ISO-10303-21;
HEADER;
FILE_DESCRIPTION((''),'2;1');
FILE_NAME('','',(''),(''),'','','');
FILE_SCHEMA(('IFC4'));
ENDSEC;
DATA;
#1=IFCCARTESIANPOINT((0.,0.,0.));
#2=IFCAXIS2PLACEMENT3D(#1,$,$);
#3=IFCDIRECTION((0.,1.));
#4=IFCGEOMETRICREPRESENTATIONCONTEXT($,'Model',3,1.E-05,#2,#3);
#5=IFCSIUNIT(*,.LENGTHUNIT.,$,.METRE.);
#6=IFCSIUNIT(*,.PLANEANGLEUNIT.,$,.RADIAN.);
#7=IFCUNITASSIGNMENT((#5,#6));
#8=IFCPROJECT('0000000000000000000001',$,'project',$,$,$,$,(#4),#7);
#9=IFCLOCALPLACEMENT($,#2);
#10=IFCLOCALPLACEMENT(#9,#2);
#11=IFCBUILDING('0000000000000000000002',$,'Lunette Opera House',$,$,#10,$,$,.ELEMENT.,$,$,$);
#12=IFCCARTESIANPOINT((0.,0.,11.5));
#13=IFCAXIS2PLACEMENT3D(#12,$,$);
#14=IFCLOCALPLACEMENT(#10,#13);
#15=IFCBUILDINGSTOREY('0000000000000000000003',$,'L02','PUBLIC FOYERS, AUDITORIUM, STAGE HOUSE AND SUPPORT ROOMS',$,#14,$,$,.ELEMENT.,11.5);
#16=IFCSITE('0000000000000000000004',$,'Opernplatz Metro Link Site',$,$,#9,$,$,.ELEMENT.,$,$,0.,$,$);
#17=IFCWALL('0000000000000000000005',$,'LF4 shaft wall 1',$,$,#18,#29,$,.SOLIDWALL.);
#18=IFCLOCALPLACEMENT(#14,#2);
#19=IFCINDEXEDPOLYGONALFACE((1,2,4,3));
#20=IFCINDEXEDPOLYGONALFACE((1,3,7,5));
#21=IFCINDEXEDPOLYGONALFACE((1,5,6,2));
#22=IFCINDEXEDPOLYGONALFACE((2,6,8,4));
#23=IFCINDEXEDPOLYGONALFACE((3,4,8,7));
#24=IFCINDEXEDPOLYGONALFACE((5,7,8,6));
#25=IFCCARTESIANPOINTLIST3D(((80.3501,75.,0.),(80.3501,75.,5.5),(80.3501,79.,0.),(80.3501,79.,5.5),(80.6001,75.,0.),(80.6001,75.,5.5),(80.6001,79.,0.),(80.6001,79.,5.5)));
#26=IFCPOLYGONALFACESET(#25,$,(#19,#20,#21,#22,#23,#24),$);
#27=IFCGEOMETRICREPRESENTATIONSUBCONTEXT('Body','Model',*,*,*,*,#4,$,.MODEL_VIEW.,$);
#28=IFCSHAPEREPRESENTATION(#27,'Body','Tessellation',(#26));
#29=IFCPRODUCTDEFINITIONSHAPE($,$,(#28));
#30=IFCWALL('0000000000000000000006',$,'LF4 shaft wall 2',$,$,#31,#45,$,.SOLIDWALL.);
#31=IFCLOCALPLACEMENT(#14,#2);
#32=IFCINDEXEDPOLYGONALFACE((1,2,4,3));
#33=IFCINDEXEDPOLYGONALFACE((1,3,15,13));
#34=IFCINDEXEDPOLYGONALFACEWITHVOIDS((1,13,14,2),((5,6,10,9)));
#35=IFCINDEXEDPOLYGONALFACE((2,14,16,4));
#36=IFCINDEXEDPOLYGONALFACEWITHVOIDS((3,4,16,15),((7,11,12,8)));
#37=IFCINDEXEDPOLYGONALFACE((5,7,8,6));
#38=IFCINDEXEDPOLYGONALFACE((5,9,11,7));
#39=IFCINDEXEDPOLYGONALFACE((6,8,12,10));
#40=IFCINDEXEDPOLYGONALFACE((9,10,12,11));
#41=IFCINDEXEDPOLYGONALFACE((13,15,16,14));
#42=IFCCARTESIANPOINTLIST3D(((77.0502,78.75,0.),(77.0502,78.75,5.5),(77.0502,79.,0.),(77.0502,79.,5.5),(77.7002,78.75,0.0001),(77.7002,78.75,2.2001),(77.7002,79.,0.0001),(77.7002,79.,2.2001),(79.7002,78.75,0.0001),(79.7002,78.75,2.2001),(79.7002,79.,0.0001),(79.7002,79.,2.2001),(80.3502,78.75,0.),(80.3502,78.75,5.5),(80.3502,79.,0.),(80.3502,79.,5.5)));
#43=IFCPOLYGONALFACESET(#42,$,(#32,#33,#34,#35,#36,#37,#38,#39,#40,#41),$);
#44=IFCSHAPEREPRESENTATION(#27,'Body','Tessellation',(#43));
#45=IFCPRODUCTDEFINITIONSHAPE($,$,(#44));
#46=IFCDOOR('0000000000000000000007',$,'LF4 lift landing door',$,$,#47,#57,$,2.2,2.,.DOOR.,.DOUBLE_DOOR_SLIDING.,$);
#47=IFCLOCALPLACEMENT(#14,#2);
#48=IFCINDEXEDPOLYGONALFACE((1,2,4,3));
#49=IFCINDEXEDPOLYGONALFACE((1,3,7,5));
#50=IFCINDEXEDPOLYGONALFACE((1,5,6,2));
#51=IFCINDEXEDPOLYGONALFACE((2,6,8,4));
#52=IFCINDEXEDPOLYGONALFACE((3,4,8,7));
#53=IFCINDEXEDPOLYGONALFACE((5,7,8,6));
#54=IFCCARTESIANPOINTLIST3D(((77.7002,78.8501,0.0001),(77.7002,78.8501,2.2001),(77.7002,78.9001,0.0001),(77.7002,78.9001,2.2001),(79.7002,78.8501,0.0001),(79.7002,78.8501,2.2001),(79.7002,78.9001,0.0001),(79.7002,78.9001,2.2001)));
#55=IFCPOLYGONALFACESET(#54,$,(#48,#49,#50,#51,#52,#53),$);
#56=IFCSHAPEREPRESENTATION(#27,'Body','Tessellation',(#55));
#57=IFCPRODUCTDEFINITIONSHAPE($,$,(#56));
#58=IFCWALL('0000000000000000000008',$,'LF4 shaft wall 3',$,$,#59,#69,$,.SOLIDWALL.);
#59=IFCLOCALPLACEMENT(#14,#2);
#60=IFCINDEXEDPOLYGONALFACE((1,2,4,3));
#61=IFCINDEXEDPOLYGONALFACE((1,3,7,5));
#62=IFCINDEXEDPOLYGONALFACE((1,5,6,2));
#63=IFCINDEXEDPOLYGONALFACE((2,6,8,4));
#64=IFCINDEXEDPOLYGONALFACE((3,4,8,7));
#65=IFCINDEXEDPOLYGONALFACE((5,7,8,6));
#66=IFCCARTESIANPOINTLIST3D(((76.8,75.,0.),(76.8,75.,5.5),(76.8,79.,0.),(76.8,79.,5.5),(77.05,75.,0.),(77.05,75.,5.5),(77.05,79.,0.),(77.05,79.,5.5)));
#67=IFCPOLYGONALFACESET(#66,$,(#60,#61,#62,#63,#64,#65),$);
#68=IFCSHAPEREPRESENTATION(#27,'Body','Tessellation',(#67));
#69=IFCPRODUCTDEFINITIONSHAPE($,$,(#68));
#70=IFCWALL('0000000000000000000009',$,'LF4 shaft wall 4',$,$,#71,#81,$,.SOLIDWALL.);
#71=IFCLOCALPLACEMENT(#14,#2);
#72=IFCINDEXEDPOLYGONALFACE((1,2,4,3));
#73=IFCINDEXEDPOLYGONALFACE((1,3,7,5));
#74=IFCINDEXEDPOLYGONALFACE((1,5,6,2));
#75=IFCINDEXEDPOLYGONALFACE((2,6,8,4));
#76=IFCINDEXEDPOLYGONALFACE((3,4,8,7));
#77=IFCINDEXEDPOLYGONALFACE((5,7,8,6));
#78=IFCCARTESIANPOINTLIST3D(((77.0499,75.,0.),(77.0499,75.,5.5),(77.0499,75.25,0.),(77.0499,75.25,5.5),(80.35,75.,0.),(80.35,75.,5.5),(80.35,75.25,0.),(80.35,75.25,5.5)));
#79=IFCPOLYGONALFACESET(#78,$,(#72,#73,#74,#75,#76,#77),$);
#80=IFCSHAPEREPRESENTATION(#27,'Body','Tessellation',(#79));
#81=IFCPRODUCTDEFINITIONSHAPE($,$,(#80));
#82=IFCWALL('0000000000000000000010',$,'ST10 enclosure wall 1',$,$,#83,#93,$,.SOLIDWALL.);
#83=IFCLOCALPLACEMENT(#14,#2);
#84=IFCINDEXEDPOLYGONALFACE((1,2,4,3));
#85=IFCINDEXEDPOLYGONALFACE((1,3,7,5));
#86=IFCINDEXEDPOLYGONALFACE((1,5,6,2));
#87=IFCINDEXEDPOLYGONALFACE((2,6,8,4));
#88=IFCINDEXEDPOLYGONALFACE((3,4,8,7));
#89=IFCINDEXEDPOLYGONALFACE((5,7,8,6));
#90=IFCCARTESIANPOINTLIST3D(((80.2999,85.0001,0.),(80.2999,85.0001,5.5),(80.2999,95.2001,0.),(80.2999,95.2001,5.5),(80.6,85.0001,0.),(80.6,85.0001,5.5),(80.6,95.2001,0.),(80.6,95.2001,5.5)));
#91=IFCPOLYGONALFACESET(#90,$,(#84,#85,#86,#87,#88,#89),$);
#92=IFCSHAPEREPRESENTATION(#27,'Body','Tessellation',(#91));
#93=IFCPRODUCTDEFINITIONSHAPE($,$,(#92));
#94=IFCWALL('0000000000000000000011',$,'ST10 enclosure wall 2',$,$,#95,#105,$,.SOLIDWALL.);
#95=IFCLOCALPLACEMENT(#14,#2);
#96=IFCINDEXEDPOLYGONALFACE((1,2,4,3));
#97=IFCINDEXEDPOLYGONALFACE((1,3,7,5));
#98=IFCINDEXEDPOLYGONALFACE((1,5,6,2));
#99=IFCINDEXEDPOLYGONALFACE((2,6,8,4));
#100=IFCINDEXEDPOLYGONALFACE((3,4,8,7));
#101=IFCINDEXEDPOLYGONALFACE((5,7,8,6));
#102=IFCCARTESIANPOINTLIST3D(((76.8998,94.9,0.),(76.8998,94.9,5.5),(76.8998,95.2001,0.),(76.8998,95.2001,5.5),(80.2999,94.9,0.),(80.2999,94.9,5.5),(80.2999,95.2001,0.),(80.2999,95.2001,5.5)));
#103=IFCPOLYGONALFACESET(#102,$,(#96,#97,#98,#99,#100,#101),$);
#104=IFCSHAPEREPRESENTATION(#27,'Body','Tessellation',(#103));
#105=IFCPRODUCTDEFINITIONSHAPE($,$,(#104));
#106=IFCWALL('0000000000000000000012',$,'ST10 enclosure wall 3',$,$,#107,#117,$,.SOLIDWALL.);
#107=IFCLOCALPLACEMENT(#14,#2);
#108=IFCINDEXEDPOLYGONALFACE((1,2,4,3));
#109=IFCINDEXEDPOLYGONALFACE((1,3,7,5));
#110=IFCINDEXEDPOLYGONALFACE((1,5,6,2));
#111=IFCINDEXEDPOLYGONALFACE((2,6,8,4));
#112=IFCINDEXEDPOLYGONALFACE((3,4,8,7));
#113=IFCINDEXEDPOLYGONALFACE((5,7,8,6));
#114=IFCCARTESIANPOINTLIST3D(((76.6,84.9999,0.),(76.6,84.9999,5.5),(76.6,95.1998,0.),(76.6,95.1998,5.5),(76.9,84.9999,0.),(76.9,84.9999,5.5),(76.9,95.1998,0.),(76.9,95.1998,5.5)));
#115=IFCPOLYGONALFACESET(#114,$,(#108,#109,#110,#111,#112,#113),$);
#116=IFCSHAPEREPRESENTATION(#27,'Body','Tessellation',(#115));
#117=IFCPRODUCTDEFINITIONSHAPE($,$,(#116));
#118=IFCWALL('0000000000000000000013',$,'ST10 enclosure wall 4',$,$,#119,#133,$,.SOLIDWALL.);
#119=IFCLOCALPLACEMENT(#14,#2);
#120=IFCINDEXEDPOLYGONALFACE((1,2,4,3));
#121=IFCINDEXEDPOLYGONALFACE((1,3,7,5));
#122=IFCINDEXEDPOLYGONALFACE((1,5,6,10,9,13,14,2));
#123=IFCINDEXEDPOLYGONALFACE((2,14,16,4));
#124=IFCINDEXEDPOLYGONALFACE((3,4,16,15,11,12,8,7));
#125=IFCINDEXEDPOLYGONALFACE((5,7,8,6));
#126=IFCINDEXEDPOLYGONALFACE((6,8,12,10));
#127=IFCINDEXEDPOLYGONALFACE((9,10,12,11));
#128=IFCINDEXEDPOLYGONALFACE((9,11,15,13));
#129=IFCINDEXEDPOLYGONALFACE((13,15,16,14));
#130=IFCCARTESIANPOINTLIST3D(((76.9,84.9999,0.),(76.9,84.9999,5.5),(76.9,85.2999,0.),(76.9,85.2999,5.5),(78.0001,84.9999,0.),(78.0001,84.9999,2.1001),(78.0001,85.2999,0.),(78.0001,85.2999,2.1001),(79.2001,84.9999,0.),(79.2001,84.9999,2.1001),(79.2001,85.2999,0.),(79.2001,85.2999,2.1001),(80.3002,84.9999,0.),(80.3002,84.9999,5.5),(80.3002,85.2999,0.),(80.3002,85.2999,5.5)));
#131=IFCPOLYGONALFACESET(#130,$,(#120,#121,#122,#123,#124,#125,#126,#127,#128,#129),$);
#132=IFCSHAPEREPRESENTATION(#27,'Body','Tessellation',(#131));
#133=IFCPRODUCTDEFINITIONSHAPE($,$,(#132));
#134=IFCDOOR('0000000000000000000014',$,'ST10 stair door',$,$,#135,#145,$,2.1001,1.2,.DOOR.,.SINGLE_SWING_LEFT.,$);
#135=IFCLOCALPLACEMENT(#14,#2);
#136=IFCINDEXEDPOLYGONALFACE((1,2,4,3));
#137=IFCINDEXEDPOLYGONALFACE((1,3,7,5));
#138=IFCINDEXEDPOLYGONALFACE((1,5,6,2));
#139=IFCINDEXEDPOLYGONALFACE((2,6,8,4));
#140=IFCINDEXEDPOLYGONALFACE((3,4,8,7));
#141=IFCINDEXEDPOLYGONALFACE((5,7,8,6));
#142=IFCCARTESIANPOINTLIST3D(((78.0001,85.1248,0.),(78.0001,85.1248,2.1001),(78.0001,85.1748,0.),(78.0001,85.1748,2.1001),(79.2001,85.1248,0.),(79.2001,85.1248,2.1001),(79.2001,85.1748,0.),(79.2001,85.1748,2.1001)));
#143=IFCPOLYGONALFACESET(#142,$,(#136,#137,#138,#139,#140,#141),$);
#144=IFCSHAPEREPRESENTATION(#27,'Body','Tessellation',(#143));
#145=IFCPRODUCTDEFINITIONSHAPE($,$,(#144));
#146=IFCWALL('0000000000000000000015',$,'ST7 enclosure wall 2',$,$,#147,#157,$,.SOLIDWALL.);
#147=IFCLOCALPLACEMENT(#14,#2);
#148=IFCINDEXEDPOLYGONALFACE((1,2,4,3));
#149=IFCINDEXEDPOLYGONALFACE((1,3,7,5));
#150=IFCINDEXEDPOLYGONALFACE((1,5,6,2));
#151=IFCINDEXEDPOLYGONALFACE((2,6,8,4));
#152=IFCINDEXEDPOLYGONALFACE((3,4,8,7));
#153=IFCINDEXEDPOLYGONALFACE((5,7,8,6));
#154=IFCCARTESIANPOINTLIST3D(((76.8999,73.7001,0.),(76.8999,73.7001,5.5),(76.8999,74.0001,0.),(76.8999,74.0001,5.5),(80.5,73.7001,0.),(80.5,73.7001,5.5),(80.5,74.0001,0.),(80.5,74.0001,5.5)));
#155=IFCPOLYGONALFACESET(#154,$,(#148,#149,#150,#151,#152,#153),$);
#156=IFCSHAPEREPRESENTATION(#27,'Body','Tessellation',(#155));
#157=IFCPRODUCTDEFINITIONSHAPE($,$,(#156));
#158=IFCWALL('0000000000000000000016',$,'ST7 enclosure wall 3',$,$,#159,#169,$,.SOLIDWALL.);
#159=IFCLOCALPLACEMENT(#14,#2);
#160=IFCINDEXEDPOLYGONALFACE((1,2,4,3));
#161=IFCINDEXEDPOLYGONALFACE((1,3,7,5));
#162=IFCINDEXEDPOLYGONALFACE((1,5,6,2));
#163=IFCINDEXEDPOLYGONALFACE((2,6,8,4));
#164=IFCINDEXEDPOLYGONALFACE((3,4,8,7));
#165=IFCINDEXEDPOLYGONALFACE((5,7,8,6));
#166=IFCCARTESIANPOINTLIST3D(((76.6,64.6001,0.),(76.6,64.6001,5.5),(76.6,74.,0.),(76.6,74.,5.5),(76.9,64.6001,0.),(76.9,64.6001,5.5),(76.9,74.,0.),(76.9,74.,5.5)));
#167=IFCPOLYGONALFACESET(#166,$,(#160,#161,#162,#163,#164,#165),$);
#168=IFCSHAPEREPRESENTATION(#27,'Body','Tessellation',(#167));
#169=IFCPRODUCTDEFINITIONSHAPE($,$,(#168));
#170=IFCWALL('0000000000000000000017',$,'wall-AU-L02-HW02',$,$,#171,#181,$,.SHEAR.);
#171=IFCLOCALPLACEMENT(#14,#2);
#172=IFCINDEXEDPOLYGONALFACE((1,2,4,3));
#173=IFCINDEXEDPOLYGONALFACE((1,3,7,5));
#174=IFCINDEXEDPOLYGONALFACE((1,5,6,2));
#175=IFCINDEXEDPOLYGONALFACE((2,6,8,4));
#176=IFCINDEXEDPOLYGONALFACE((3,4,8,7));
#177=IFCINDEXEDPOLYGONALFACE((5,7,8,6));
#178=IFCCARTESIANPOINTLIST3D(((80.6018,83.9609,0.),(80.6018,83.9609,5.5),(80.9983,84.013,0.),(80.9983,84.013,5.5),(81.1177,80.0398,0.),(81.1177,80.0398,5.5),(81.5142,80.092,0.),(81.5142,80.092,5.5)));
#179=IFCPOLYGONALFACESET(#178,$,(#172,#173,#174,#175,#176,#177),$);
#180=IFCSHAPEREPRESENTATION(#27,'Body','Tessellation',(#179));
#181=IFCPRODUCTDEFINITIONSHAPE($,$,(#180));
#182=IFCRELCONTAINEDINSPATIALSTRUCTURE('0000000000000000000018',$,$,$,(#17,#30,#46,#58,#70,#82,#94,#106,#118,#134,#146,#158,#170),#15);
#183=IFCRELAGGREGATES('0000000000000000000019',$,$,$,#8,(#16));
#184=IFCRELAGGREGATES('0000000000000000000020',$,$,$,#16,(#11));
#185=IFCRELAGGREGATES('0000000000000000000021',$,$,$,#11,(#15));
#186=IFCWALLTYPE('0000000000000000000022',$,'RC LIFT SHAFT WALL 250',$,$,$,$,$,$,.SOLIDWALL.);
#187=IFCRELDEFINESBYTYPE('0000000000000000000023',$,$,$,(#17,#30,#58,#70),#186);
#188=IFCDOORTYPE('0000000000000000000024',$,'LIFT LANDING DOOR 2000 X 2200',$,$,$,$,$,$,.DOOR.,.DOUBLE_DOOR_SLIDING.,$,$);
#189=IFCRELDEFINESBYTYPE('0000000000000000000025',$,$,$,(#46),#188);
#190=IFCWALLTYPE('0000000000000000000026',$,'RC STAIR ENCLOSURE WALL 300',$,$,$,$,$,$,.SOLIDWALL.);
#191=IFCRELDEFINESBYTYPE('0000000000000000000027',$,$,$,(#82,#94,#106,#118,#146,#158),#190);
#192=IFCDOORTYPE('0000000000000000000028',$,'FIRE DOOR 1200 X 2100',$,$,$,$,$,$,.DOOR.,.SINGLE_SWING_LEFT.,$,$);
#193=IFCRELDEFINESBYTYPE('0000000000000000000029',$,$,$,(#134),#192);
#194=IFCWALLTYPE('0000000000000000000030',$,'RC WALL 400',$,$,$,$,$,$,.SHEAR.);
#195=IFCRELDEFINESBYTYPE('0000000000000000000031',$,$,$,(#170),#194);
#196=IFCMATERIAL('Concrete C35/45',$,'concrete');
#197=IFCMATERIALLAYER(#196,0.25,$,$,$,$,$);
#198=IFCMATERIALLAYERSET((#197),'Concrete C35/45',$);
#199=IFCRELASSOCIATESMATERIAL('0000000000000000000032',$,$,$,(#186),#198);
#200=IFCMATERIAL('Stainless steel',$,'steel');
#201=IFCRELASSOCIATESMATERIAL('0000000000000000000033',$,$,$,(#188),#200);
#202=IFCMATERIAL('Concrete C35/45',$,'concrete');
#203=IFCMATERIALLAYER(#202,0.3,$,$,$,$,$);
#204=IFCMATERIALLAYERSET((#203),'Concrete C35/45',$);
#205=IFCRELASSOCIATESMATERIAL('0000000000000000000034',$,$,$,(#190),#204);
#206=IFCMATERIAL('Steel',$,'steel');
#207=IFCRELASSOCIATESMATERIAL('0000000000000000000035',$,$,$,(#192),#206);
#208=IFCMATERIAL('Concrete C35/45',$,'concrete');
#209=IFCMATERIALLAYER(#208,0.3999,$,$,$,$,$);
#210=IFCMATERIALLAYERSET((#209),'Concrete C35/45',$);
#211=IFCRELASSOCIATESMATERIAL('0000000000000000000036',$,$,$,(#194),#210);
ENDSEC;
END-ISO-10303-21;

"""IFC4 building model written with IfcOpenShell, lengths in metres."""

from ifc_helpers import new_model, si_unit, direction, frame, frame_2d, origin, place, context, subcontext, project, spatial, rectangle, extrude, material, layer, layer_set, type_object, element, fill, save


model = new_model("IFC4")

# Units and contexts
model_context = context("Model", 3, precision=1e-05, world=origin(), true_north=direction((0.0, 1.0)))
body_context = subcontext(model_context, "Body", "Model", "MODEL_VIEW")
ifc_project = project(units=[si_unit("LENGTHUNIT", "METRE"), si_unit("PLANEANGLEUNIT", "RADIAN")], contexts=[model_context])

# Site, building, storey
site_placement = place(None, origin())
site = spatial("IfcSite", under=ifc_project, at=site_placement, Name="Opernplatz Metro Link Site", CompositionType="ELEMENT", RefElevation=0.0)
building_placement = place(site_placement, origin())
building = spatial("IfcBuilding", under=site, at=building_placement, Name="Lunette Opera House", CompositionType="ELEMENT")
storey_placement = place(building_placement, frame((0.0, 0.0, 11.5)))
storey = spatial("IfcBuildingStorey", under=building, at=storey_placement, Name="L02", Description="PUBLIC FOYERS, AUDITORIUM, STAGE HOUSE AND SUPPORT ROOMS", CompositionType="ELEMENT", Elevation=11.5)

# Wall
ifc_material_1 = material(Name="Concrete C35/45", Category="concrete")
ifc_layer_1 = layer(ifc_material_1, 0.25)
ifc_layer_set_1 = layer_set([ifc_layer_1], Name="Concrete C35/45")
wall_type_1 = type_object("IfcWallType", Name="RC LIFT SHAFT WALL 250", PredefinedType="SOLIDWALL", material=ifc_layer_set_1)
wall_1_placement = place(storey_placement, frame((80.4751, 75.0, 0.0), z_axis=(0.0, 0.0, 1.0), x_axis=(0.0, 1.0, 0.0)))
element("IfcWall", 1, at=wall_1_placement, inside=storey, type_object=wall_type_1, Name="LF4 shaft wall 1", PredefinedType="SOLIDWALL", context=body_context, shape_type="SweptSolid", body=[
    extrude(rectangle(XDim=4.0, YDim=0.25, at=frame_2d((2.0, 0.0))), origin(), (0.0, 0.0, 1.0), 5.5),
])

# Wall, opening, door
wall_2_placement = place(storey_placement, frame((80.3501, 78.875, 0.0), z_axis=(0.0, 0.0, 1.0), x_axis=(-1.0, 0.0, 0.0)))
wall_2 = element("IfcWall", 2, at=wall_2_placement, inside=storey, type_object=wall_type_1, Name="LF4 shaft wall 2", PredefinedType="SOLIDWALL", context=body_context, shape_type="SweptSolid", body=[
    extrude(rectangle(XDim=3.3, YDim=0.25, at=frame_2d((1.6499, 0.0))), origin(), (0.0, 0.0, 1.0), 5.5),
])
opening_1_placement = place(wall_2_placement, frame((0.6499, 0.0, 0.0)))
opening_1 = element("IfcOpeningElement", 3, at=opening_1_placement, cuts=wall_2, PredefinedType="OPENING", context=body_context, shape_type="SweptSolid", body=[
    extrude(rectangle(XDim=2.0, YDim=2.2, at=frame_2d((1.0, 1.1001))), frame((0.0, 0.137, 0.0), z_axis=(0.0, -1.0, 0.0), x_axis=(1.0, 0.0, 0.0)), (0.0, 0.0, 1.0), 0.2739),
])
ifc_material_2 = material(Name="Stainless steel", Category="steel")
door_type_1 = type_object("IfcDoorType", Name="LIFT LANDING DOOR 2000 X 2200", OperationType="DOUBLE_DOOR_SLIDING", PredefinedType="DOOR", material=ifc_material_2)
door_1_placement = place(opening_1_placement, origin())
door_1 = element("IfcDoor", 4, at=door_1_placement, inside=storey, type_object=door_type_1, Name="LF4 lift landing door", OperationType="DOUBLE_DOOR_SLIDING", OverallHeight=2.2, OverallWidth=2.0, PredefinedType="DOOR", context=body_context, shape_type="SweptSolid", body=[
    extrude(rectangle(XDim=2.0, YDim=2.2, at=frame_2d((1.0, 1.1001))), frame((0.0, 0.0249, 0.0), z_axis=(0.0, -1.0, 0.0), x_axis=(1.0, 0.0, 0.0)), (0.0, 0.0, 1.0), 0.05),
])
fill(opening_1, door_1)

# Walls
wall_3_placement = place(storey_placement, frame((76.925, 79.0, 0.0), z_axis=(0.0, 0.0, 1.0), x_axis=(0.0, -1.0, 0.0)))
element("IfcWall", 5, at=wall_3_placement, inside=storey, type_object=wall_type_1, Name="LF4 shaft wall 3", PredefinedType="SOLIDWALL", context=body_context, shape_type="SweptSolid", body=[
    extrude(rectangle(XDim=4.0, YDim=0.25, at=frame_2d((2.0, 0.0))), origin(), (0.0, 0.0, 1.0), 5.5),
])
wall_4_placement = place(storey_placement, frame((77.05, 75.125, 0.0), z_axis=(0.0, 0.0, 1.0), x_axis=(1.0, 0.0, 0.0)))
element("IfcWall", 6, at=wall_4_placement, inside=storey, type_object=wall_type_1, Name="LF4 shaft wall 4", PredefinedType="SOLIDWALL", context=body_context, shape_type="SweptSolid", body=[
    extrude(rectangle(XDim=3.3, YDim=0.25, at=frame_2d((1.6499, 0.0))), origin(), (0.0, 0.0, 1.0), 5.5),
])
ifc_material_3 = material(Name="Concrete C35/45", Category="concrete")
ifc_layer_2 = layer(ifc_material_3, 0.3)
ifc_layer_set_2 = layer_set([ifc_layer_2], Name="Concrete C35/45")
wall_type_2 = type_object("IfcWallType", Name="RC STAIR ENCLOSURE WALL 300", PredefinedType="SOLIDWALL", material=ifc_layer_set_2)
wall_5_placement = place(storey_placement, frame((80.45, 85.0, 0.0), z_axis=(0.0, 0.0, 1.0), x_axis=(0.0, 1.0, 0.0)))
element("IfcWall", 7, at=wall_5_placement, inside=storey, type_object=wall_type_2, Name="ST10 enclosure wall 1", PredefinedType="SOLIDWALL", context=body_context, shape_type="SweptSolid", body=[
    extrude(rectangle(XDim=10.2, YDim=0.3, at=frame_2d((5.1001, 0.0))), origin(), (0.0, 0.0, 1.0), 5.5),
])
wall_6_placement = place(storey_placement, frame((80.3, 95.05, 0.0), z_axis=(0.0, 0.0, 1.0), x_axis=(-1.0, 0.0, 0.0)))
element("IfcWall", 8, at=wall_6_placement, inside=storey, type_object=wall_type_2, Name="ST10 enclosure wall 2", PredefinedType="SOLIDWALL", context=body_context, shape_type="SweptSolid", body=[
    extrude(rectangle(XDim=3.4001, YDim=0.3, at=frame_2d((1.7002, 0.0))), origin(), (0.0, 0.0, 1.0), 5.5),
])
wall_7_placement = place(storey_placement, frame((76.75, 95.2, 0.0), z_axis=(0.0, 0.0, 1.0), x_axis=(0.0, -1.0, 0.0)))
element("IfcWall", 9, at=wall_7_placement, inside=storey, type_object=wall_type_2, Name="ST10 enclosure wall 3", PredefinedType="SOLIDWALL", context=body_context, shape_type="SweptSolid", body=[
    extrude(rectangle(XDim=10.2, YDim=0.3, at=frame_2d((5.1001, 0.0))), origin(), (0.0, 0.0, 1.0), 5.5),
])

# Wall, opening, door
wall_8_placement = place(storey_placement, frame((76.8999, 85.1499, 0.0), z_axis=(0.0, 0.0, 1.0), x_axis=(1.0, 0.0, 0.0)))
wall_8 = element("IfcWall", 10, at=wall_8_placement, inside=storey, type_object=wall_type_2, Name="ST10 enclosure wall 4", PredefinedType="SOLIDWALL", context=body_context, shape_type="SweptSolid", body=[
    extrude(rectangle(XDim=3.4001, YDim=0.3, at=frame_2d((1.7002, 0.0))), origin(), (0.0, 0.0, 1.0), 5.5),
])
opening_2_placement = place(wall_8_placement, frame((1.1001, 0.0, 0.0)))
opening_2 = element("IfcOpeningElement", 11, at=opening_2_placement, cuts=wall_8, PredefinedType="OPENING", context=body_context, shape_type="SweptSolid", body=[
    extrude(rectangle(XDim=1.2, YDim=2.1001, at=frame_2d((0.6001, 1.05))), frame((0.0, 0.1621, 0.0), z_axis=(0.0, -1.0, 0.0), x_axis=(1.0, 0.0, 0.0)), (0.0, 0.0, 1.0), 0.324),
])
ifc_material_4 = material(Name="Steel", Category="steel")
door_type_2 = type_object("IfcDoorType", Name="FIRE DOOR 1200 X 2100", OperationType="SINGLE_SWING_LEFT", PredefinedType="DOOR", material=ifc_material_4)
door_2_placement = place(opening_2_placement, origin())
door_2 = element("IfcDoor", 12, at=door_2_placement, inside=storey, type_object=door_type_2, Name="ST10 stair door", OperationType="SINGLE_SWING_LEFT", OverallHeight=2.1001, OverallWidth=1.2, PredefinedType="DOOR", context=body_context, shape_type="SweptSolid", body=[
    extrude(rectangle(XDim=1.2, YDim=2.1001, at=frame_2d((0.6001, 1.05))), frame((0.0, 0.0249, 0.0), z_axis=(0.0, -1.0, 0.0), x_axis=(1.0, 0.0, 0.0)), (0.0, 0.0, 1.0), 0.05),
])
fill(opening_2, door_2)

# Walls
wall_9_placement = place(storey_placement, frame((80.5, 73.8501, 0.0), z_axis=(0.0, 0.0, 1.0), x_axis=(-1.0, 0.0, 0.0)))
element("IfcWall", 13, at=wall_9_placement, inside=storey, type_object=wall_type_2, Name="ST7 enclosure wall 2", PredefinedType="SOLIDWALL", context=body_context, shape_type="SweptSolid", body=[
    extrude(rectangle(XDim=3.6001, YDim=0.3, at=frame_2d((1.8, 0.0))), origin(), (0.0, 0.0, 1.0), 5.5),
])
wall_10_placement = place(storey_placement, frame((76.75, 74.0, 0.0), z_axis=(0.0, 0.0, 1.0), x_axis=(0.0, -1.0, 0.0)))
element("IfcWall", 14, at=wall_10_placement, inside=storey, type_object=wall_type_2, Name="ST7 enclosure wall 3", PredefinedType="SOLIDWALL", context=body_context, shape_type="SweptSolid", body=[
    extrude(rectangle(XDim=9.3999, YDim=0.3, at=frame_2d((4.7, 0.0))), origin(), (0.0, 0.0, 1.0), 5.5),
])
ifc_material_5 = material(Name="Concrete C35/45", Category="concrete")
ifc_layer_3 = layer(ifc_material_5, 0.3999)
ifc_layer_set_3 = layer_set([ifc_layer_3], Name="Concrete C35/45")
wall_type_3 = type_object("IfcWallType", Name="RC WALL 400", PredefinedType="SHEAR", material=ifc_layer_set_3)
wall_11_placement = place(storey_placement, frame((80.8, 83.9871, 0.0), z_axis=(0.0, 0.0, 1.0), x_axis=(0.130437, -0.991457, 0.0)))
element("IfcWall", 15, at=wall_11_placement, inside=storey, type_object=wall_type_3, Name="wall-AU-L02-HW02", PredefinedType="SHEAR", context=body_context, shape_type="SweptSolid", body=[
    extrude(rectangle(XDim=3.9548, YDim=0.3999, at=frame_2d((1.9775, 0.0))), origin(), (0.0, 0.0, 1.0), 5.5),
])

save(model, "model.ifc")
